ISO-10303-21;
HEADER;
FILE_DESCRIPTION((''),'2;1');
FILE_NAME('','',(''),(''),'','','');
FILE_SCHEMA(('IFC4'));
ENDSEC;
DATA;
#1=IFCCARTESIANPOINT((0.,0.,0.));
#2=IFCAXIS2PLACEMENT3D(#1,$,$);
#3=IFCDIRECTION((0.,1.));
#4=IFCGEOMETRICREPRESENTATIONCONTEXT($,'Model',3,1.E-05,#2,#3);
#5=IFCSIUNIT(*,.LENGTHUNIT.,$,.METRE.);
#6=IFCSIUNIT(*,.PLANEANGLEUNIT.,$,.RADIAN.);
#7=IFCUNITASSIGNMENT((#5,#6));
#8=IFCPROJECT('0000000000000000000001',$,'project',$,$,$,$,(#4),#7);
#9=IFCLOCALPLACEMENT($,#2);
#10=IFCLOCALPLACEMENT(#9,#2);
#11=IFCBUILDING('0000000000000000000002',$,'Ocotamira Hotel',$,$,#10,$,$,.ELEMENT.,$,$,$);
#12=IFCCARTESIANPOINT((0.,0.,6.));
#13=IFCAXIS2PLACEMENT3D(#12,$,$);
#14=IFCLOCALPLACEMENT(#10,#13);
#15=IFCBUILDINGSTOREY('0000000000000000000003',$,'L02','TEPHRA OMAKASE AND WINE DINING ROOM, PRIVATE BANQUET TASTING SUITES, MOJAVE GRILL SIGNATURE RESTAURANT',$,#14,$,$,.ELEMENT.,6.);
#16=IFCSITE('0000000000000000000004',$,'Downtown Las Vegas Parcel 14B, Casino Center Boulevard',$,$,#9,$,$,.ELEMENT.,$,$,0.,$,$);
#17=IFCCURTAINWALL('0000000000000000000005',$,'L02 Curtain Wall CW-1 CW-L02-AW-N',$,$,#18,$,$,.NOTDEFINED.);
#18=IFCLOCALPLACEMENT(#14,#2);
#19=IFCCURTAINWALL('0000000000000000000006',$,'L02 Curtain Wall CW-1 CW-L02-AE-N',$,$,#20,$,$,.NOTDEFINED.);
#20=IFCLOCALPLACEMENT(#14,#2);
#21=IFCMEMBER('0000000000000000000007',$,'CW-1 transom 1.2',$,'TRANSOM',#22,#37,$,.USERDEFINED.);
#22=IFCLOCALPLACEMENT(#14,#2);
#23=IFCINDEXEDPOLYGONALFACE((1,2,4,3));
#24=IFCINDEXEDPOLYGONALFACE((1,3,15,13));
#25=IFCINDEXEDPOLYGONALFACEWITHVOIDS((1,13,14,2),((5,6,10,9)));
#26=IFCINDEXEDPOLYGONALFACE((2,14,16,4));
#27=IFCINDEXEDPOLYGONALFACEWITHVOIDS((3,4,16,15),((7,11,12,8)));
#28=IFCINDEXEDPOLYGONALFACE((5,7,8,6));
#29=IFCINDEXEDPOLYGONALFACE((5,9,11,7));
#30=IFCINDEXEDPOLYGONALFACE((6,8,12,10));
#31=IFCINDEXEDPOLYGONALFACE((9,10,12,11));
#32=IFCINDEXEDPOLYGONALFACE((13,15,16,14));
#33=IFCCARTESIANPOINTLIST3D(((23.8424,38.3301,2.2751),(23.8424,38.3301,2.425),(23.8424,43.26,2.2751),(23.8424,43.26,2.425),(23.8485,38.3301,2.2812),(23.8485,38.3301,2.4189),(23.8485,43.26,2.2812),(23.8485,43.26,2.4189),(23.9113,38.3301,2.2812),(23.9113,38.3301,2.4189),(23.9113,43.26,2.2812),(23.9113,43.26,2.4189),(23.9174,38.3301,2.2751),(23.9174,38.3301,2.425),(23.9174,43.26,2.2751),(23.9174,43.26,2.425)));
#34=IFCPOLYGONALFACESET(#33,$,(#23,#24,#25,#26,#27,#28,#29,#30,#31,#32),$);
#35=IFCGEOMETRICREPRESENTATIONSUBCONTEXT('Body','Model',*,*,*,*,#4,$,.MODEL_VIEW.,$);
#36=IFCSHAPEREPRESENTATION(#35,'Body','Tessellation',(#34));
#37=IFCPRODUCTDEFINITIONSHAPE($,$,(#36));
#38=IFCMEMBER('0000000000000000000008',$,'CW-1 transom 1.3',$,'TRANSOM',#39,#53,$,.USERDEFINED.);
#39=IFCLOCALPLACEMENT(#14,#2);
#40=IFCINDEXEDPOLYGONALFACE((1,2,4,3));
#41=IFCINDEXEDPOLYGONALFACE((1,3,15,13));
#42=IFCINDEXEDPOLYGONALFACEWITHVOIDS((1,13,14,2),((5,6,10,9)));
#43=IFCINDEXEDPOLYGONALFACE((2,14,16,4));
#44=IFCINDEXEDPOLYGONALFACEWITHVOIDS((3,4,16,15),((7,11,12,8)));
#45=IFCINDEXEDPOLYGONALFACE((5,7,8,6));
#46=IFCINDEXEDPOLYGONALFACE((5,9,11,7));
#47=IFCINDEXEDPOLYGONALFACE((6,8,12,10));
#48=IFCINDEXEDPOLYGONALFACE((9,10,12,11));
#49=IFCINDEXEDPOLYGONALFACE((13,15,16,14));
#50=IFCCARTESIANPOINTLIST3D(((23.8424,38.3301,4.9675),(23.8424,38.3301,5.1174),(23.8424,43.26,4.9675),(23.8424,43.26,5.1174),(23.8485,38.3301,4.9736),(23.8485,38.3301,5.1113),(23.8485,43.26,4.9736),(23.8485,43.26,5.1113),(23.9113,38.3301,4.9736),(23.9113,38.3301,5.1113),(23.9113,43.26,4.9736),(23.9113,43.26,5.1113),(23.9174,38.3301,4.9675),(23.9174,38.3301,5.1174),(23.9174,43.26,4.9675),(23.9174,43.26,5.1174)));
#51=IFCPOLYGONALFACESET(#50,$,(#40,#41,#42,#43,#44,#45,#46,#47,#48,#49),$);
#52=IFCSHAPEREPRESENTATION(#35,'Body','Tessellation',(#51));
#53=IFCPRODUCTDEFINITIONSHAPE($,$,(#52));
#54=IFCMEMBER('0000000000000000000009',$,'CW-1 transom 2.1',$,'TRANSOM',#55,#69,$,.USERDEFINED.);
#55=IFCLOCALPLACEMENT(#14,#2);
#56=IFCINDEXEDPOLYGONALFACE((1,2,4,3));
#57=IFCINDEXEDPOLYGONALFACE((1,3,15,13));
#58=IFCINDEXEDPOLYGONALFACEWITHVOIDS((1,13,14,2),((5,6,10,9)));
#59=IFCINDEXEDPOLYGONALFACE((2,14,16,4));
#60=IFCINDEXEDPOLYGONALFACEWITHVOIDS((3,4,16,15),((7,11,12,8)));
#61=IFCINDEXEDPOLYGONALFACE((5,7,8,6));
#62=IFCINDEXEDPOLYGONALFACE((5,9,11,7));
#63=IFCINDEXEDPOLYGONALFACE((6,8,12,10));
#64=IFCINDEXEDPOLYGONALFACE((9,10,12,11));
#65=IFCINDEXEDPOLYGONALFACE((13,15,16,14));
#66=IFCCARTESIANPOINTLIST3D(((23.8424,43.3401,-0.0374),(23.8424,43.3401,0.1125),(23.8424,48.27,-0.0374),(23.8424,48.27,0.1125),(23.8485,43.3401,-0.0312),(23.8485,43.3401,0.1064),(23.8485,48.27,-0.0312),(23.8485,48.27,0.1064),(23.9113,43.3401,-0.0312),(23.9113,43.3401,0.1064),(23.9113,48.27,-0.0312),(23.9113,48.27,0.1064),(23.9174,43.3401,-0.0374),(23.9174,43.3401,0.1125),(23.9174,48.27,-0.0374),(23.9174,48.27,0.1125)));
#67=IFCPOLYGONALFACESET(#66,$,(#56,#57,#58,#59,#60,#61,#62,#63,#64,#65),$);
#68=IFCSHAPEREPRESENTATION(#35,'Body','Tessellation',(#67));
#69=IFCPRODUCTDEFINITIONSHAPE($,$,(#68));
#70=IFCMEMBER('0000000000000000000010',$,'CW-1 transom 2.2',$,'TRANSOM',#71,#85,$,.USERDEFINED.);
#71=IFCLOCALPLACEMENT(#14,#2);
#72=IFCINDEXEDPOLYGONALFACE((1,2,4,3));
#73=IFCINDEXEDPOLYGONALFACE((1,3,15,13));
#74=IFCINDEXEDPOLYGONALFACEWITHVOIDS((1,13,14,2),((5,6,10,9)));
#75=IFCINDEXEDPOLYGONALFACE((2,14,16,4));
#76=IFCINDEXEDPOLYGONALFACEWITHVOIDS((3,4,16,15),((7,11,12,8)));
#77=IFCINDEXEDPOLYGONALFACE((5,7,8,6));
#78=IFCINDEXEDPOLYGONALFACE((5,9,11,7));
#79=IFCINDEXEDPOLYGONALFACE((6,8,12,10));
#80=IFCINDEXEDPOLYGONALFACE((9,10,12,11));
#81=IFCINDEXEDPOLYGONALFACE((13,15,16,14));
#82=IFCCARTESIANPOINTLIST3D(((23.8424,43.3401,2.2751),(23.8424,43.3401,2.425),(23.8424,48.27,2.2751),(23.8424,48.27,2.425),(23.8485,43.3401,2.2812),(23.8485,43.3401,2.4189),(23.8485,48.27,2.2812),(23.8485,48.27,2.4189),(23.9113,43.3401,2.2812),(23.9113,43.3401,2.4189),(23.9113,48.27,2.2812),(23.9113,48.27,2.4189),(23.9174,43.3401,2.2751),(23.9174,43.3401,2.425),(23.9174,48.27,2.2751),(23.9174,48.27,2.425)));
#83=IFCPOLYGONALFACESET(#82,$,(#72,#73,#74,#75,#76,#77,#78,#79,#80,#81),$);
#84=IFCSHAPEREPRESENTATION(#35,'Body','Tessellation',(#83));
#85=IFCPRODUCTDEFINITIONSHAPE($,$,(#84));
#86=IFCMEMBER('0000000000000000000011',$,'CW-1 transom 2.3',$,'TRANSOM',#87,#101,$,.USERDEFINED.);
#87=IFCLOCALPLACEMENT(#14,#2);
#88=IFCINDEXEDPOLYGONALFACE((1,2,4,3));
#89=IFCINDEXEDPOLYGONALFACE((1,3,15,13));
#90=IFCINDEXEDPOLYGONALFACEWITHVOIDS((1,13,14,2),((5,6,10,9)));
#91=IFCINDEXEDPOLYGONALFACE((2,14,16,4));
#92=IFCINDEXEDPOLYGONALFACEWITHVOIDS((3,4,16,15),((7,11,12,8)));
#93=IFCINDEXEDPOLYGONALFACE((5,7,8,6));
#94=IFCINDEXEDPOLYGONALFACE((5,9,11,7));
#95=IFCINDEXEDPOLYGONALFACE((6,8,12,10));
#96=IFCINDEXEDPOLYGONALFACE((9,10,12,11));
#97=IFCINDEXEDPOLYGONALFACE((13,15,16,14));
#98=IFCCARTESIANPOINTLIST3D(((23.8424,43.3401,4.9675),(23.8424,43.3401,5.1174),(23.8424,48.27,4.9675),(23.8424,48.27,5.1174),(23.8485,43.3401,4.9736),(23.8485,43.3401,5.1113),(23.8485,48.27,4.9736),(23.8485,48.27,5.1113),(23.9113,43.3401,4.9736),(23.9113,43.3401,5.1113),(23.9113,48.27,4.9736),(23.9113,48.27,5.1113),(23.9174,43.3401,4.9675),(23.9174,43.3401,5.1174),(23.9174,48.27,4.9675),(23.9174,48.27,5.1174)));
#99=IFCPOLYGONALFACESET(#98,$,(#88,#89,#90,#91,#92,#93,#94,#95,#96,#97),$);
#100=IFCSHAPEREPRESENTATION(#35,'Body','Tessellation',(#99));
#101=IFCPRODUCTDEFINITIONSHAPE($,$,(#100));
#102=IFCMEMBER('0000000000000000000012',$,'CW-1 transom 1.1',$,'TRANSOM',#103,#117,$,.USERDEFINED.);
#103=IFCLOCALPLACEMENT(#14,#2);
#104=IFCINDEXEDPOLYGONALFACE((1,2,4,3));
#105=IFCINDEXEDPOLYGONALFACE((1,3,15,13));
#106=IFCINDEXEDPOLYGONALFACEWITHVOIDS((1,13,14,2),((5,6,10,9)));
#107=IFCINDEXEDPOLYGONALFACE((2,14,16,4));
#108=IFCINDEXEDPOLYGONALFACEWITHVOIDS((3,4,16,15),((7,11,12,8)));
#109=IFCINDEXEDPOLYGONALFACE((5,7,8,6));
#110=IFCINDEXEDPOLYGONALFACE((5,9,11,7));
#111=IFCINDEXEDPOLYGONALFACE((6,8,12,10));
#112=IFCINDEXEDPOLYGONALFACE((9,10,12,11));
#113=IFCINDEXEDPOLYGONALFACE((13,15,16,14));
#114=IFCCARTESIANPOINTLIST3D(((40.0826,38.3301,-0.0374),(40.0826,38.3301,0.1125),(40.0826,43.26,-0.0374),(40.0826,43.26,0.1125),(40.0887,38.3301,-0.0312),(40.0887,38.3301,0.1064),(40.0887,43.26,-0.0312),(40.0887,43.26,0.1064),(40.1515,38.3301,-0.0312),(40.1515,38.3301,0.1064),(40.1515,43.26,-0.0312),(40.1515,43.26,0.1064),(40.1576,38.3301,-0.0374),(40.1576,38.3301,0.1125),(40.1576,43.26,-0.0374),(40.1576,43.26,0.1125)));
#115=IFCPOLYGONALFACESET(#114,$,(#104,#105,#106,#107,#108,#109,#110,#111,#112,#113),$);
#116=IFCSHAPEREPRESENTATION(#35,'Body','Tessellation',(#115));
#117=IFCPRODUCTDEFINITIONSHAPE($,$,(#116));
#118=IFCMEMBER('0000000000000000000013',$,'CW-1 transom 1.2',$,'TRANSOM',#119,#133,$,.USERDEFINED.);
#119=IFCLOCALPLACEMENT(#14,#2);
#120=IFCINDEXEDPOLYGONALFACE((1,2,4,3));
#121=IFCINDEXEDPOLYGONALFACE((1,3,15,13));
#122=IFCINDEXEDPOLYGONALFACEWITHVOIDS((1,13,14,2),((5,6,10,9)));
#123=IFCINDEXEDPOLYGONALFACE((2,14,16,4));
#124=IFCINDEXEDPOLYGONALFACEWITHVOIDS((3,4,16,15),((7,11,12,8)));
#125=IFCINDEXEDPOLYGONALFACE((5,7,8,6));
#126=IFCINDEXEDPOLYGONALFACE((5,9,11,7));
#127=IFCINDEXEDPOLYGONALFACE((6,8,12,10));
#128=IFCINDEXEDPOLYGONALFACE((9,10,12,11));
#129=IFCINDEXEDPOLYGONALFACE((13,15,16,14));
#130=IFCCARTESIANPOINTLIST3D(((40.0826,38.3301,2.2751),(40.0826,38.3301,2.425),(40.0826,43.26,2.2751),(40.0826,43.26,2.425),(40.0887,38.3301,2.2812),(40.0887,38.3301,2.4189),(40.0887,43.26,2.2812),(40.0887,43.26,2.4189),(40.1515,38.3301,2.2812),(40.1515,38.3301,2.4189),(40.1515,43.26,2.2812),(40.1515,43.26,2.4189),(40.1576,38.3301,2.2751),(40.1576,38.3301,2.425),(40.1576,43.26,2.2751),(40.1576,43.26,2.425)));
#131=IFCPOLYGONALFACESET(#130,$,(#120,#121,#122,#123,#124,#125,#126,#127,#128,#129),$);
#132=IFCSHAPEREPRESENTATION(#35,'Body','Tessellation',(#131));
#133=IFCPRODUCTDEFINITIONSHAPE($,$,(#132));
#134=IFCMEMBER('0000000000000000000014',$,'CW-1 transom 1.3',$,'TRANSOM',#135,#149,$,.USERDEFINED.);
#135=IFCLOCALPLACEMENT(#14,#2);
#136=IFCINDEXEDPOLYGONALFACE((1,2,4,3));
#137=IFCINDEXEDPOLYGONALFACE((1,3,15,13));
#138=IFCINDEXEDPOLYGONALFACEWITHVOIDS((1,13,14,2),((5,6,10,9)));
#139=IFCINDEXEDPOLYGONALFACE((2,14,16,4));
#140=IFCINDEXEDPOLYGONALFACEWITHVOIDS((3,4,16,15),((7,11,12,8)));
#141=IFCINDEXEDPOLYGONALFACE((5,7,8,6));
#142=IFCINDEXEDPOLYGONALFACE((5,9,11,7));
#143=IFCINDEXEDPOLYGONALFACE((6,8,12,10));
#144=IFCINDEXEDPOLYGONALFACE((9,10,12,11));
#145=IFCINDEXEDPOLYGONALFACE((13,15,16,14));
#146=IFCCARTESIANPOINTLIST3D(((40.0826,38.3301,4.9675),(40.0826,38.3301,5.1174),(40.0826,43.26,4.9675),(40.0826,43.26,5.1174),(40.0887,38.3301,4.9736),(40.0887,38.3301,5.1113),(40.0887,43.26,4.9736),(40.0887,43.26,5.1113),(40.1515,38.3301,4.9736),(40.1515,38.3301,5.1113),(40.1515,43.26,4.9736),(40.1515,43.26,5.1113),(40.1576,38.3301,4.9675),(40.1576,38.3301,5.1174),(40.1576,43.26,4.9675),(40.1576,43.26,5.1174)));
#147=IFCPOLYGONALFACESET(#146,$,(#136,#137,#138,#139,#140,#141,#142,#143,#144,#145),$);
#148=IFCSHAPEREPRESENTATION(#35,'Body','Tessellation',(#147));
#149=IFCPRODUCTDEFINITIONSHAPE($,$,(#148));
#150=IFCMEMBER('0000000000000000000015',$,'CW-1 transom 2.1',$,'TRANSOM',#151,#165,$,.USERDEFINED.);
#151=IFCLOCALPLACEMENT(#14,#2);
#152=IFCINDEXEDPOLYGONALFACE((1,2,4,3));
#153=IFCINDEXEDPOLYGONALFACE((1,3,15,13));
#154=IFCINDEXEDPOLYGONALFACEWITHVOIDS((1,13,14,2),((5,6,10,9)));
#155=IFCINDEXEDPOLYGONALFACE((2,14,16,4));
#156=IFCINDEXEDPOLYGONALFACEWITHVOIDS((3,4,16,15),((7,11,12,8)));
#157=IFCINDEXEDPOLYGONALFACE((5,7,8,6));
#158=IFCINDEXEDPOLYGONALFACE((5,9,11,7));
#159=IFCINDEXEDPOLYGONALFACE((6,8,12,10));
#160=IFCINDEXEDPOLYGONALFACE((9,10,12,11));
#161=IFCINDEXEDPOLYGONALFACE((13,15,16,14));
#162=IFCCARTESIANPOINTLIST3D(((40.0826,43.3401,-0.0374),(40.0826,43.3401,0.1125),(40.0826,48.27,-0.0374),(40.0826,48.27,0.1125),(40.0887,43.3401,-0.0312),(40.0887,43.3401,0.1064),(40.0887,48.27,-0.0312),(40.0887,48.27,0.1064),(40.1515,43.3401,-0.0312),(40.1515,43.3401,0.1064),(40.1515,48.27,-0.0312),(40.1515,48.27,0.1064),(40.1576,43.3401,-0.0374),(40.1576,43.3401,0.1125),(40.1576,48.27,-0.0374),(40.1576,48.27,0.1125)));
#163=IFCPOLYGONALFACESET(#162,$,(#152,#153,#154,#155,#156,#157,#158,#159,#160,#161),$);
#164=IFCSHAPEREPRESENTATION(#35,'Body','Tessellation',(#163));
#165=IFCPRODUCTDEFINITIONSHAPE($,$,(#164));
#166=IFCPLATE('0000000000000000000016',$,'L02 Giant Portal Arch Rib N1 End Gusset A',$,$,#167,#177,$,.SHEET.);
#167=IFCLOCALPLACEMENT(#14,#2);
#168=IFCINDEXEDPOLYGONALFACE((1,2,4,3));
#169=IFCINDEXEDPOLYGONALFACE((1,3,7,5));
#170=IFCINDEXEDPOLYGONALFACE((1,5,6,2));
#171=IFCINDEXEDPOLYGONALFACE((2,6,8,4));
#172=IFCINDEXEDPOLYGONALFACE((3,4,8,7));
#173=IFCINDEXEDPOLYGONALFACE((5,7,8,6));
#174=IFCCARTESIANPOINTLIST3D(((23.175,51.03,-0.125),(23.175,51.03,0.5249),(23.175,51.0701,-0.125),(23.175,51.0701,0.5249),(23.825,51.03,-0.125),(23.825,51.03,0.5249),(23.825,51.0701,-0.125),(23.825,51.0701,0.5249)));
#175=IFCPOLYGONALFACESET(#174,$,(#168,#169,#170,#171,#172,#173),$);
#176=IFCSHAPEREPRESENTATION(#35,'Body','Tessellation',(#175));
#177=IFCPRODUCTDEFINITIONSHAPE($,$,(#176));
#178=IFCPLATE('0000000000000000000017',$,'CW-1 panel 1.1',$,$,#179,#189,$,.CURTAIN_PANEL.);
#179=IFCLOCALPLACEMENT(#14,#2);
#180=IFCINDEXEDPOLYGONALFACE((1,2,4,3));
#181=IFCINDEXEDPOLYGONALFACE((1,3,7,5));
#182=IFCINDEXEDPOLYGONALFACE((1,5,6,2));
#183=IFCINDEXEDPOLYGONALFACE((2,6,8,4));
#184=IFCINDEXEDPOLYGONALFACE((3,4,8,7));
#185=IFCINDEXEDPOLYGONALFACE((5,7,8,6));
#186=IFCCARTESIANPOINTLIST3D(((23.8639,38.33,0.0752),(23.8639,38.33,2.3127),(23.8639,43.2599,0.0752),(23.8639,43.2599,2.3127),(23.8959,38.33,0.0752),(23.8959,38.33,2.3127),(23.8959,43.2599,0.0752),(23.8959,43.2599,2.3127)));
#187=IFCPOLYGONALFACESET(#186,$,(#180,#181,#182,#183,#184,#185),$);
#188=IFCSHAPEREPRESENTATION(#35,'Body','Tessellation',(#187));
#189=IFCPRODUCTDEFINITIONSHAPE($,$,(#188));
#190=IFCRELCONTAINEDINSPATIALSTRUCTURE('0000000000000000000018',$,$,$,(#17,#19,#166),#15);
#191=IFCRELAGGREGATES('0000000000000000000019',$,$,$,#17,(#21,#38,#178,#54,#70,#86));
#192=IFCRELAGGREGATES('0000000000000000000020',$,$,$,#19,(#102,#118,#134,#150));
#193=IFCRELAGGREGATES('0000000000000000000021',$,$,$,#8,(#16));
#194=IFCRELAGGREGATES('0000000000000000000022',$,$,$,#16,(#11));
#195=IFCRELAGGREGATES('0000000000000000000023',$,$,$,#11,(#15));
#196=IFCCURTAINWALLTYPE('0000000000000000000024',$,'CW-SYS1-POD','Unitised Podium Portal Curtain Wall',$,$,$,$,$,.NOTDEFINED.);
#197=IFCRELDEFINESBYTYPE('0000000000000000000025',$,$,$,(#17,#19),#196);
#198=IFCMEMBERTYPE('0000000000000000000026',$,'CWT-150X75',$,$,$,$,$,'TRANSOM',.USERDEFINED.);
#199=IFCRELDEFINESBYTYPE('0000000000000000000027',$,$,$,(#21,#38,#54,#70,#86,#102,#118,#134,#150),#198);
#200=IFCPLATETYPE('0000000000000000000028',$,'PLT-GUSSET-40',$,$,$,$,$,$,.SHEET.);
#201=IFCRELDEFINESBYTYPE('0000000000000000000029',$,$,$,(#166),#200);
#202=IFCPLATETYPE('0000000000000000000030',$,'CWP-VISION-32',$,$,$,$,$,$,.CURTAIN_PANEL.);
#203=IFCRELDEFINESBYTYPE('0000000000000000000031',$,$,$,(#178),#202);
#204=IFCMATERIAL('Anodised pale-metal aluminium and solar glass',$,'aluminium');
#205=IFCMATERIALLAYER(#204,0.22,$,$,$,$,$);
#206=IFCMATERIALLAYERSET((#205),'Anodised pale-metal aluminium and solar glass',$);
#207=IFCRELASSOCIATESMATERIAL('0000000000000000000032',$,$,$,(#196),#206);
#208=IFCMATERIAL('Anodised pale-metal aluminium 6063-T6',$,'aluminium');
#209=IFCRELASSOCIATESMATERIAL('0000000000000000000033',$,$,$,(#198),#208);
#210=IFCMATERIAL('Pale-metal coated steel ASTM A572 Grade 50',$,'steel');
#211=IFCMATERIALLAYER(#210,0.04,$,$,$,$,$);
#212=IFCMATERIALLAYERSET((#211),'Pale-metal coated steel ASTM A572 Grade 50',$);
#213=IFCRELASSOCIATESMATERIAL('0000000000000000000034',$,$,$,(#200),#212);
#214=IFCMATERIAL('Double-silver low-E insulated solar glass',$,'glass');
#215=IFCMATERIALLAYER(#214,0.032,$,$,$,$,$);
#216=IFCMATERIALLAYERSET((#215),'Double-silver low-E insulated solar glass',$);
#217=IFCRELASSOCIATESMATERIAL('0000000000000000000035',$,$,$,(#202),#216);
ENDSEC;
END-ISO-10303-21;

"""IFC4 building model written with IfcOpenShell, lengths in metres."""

from ifc_helpers import new_model, si_unit, direction, frame, origin, origin_2d, place, context, subcontext, project, spatial, rectangle, hollow_rectangle, extrude, source, transform, mapped, material, layer, layer_set, material_profile, profile_set, type_object, element, aggregate, save


model = new_model("IFC4")

# Units and contexts
model_context = context("Model", 3, precision=1e-05, world=origin(), true_north=direction((0.0, 1.0)))
body_context = subcontext(model_context, "Body", "Model", "MODEL_VIEW")
ifc_project = project(units=[si_unit("LENGTHUNIT", "METRE"), si_unit("PLANEANGLEUNIT", "RADIAN")], contexts=[model_context])

# Site, building, storey
site_placement = place(None, origin())
site = spatial("IfcSite", under=ifc_project, at=site_placement, Name="Downtown Las Vegas Parcel 14B, Casino Center Boulevard", CompositionType="ELEMENT", RefElevation=0.0)
building_placement = place(site_placement, origin())
building = spatial("IfcBuilding", under=site, at=building_placement, Name="Ocotamira Hotel", CompositionType="ELEMENT")
storey_placement = place(building_placement, frame((0.0, 0.0, 6.0)))
storey = spatial("IfcBuildingStorey", under=building, at=storey_placement, Name="L02", Description="TEPHRA OMAKASE AND WINE DINING ROOM, PRIVATE BANQUET TASTING SUITES, MOJAVE GRILL SIGNATURE RESTAURANT", CompositionType="ELEMENT", Elevation=6.0)

# Shared definitions
ifc_material_1 = material(Name="Anodised pale-metal aluminium and solar glass", Category="aluminium")
ifc_layer_1 = layer(ifc_material_1, 0.22)
ifc_layer_set_1 = layer_set([ifc_layer_1], Name="Anodised pale-metal aluminium and solar glass")
curtain_wall_type = type_object("IfcCurtainWallType", Name="CW-SYS1-POD", Description="Unitised Podium Portal Curtain Wall", PredefinedType="NOTDEFINED", material=ifc_layer_set_1)
ifc_material_2 = material(Name="Anodised pale-metal aluminium 6063-T6", Category="aluminium")

# Curtain walls
curtain_wall_1_placement = place(storey_placement, origin())
curtain_wall_1 = element("IfcCurtainWall", 1, at=curtain_wall_1_placement, inside=storey, type_object=curtain_wall_type, Name="L02 Curtain Wall CW-1 CW-L02-AW-N", PredefinedType="NOTDEFINED")
curtain_wall_2_placement = place(storey_placement, origin())
curtain_wall_2 = element("IfcCurtainWall", 2, at=curtain_wall_2_placement, inside=storey, type_object=curtain_wall_type, Name="L02 Curtain Wall CW-1 CW-L02-AE-N", PredefinedType="NOTDEFINED")

# Members
ifc_material_profile_1 = material_profile(ifc_material_2, hollow_rectangle(XDim=0.075, YDim=0.1499, WallThickness=0.0061, at=origin_2d()), Name="HSS150X75X6")
ifc_profile_set_1 = profile_set([ifc_material_profile_1], Name="Anodised pale-metal aluminium 6063-T6")
member_type_1 = type_object("IfcMemberType", Name="CWT-150X75", ElementType="TRANSOM", PredefinedType="USERDEFINED", material=ifc_profile_set_1)
shared_shape_1 = source(origin(), body_context, "Body", "SweptSolid", [
    extrude(hollow_rectangle(XDim=0.075, YDim=0.1499, WallThickness=0.0061, at=origin_2d()), origin(), (0.0, 0.0, 1.0), 4.9299),
])
member_1_placement = place(storey_placement, frame((23.8799, 38.3301, 2.3501), z_axis=(0.0, 1.0, 0.0), x_axis=(-1.0, 0.0, 0.0)))
member_1 = element("IfcMember", 3, at=member_1_placement, type_object=member_type_1, Name="CW-1 transom 1.2", ObjectType="TRANSOM", PredefinedType="USERDEFINED", context=body_context, shape_type="MappedRepresentation", body=[
    mapped(shared_shape_1, transform((0.0, 0.0, 0.0), scale=1.0)),
])
member_2_placement = place(storey_placement, frame((23.8799, 38.3301, 5.0425), z_axis=(0.0, 1.0, 0.0), x_axis=(-1.0, 0.0, 0.0)))
member_2 = element("IfcMember", 4, at=member_2_placement, type_object=member_type_1, Name="CW-1 transom 1.3", ObjectType="TRANSOM", PredefinedType="USERDEFINED", context=body_context, shape_type="MappedRepresentation", body=[
    mapped(shared_shape_1, transform((0.0, 0.0, 0.0), scale=1.0)),
])
member_3_placement = place(storey_placement, frame((23.8799, 43.3401, 0.0376), z_axis=(0.0, 1.0, 0.0), x_axis=(-1.0, 0.0, 0.0)))
member_3 = element("IfcMember", 5, at=member_3_placement, type_object=member_type_1, Name="CW-1 transom 2.1", ObjectType="TRANSOM", PredefinedType="USERDEFINED", context=body_context, shape_type="MappedRepresentation", body=[
    mapped(shared_shape_1, transform((0.0, 0.0, 0.0), scale=1.0)),
])
member_4_placement = place(storey_placement, frame((23.8799, 43.3401, 2.3501), z_axis=(0.0, 1.0, 0.0), x_axis=(-1.0, 0.0, 0.0)))
member_4 = element("IfcMember", 6, at=member_4_placement, type_object=member_type_1, Name="CW-1 transom 2.2", ObjectType="TRANSOM", PredefinedType="USERDEFINED", context=body_context, shape_type="MappedRepresentation", body=[
    mapped(shared_shape_1, transform((0.0, 0.0, 0.0), scale=1.0)),
])
member_5_placement = place(storey_placement, frame((23.8799, 43.3401, 5.0425), z_axis=(0.0, 1.0, 0.0), x_axis=(-1.0, 0.0, 0.0)))
member_5 = element("IfcMember", 7, at=member_5_placement, type_object=member_type_1, Name="CW-1 transom 2.3", ObjectType="TRANSOM", PredefinedType="USERDEFINED", context=body_context, shape_type="MappedRepresentation", body=[
    mapped(shared_shape_1, transform((0.0, 0.0, 0.0), scale=1.0)),
])
member_6_placement = place(storey_placement, frame((40.1201, 38.3301, 0.0376), z_axis=(0.0, 1.0, 0.0), x_axis=(-1.0, 0.0, 0.0)))
member_6 = element("IfcMember", 8, at=member_6_placement, type_object=member_type_1, Name="CW-1 transom 1.1", ObjectType="TRANSOM", PredefinedType="USERDEFINED", context=body_context, shape_type="MappedRepresentation", body=[
    mapped(shared_shape_1, transform((0.0, 0.0, 0.0), scale=1.0)),
])
member_7_placement = place(storey_placement, frame((40.1201, 38.3301, 2.3501), z_axis=(0.0, 1.0, 0.0), x_axis=(-1.0, 0.0, 0.0)))
member_7 = element("IfcMember", 9, at=member_7_placement, type_object=member_type_1, Name="CW-1 transom 1.2", ObjectType="TRANSOM", PredefinedType="USERDEFINED", context=body_context, shape_type="MappedRepresentation", body=[
    mapped(shared_shape_1, transform((0.0, 0.0, 0.0), scale=1.0)),
])
member_8_placement = place(storey_placement, frame((40.1201, 38.3301, 5.0425), z_axis=(0.0, 1.0, 0.0), x_axis=(-1.0, 0.0, 0.0)))
member_8 = element("IfcMember", 10, at=member_8_placement, type_object=member_type_1, Name="CW-1 transom 1.3", ObjectType="TRANSOM", PredefinedType="USERDEFINED", context=body_context, shape_type="MappedRepresentation", body=[
    mapped(shared_shape_1, transform((0.0, 0.0, 0.0), scale=1.0)),
])
member_9_placement = place(storey_placement, frame((40.1201, 43.3401, 0.0376), z_axis=(0.0, 1.0, 0.0), x_axis=(-1.0, 0.0, 0.0)))
member_9 = element("IfcMember", 11, at=member_9_placement, type_object=member_type_1, Name="CW-1 transom 2.1", ObjectType="TRANSOM", PredefinedType="USERDEFINED", context=body_context, shape_type="MappedRepresentation", body=[
    mapped(shared_shape_1, transform((0.0, 0.0, 0.0), scale=1.0)),
])

# Plates
ifc_material_3 = material(Name="Pale-metal coated steel ASTM A572 Grade 50", Category="steel")
ifc_layer_2 = layer(ifc_material_3, 0.04)
ifc_layer_set_2 = layer_set([ifc_layer_2], Name="Pale-metal coated steel ASTM A572 Grade 50")
plate_type_1 = type_object("IfcPlateType", Name="PLT-GUSSET-40", PredefinedType="SHEET", material=ifc_layer_set_2)
shared_shape_2 = source(origin(), body_context, "Body", "SweptSolid", [
    extrude(rectangle(XDim=0.6499, YDim=0.04, at=origin_2d()), origin(), (0.0, 0.0, 1.0), 0.6499),
])
plate_1_placement = place(storey_placement, frame((23.5, 51.05, -0.125), z_axis=(0.0, 0.0, 1.0), x_axis=(1.0, 0.0, 0.0)))
element("IfcPlate", 12, at=plate_1_placement, inside=storey, type_object=plate_type_1, Name="L02 Giant Portal Arch Rib N1 End Gusset A", PredefinedType="SHEET", context=body_context, shape_type="MappedRepresentation", body=[
    mapped(shared_shape_2, transform((0.0, 0.0, 0.0), scale=1.0)),
])
ifc_material_4 = material(Name="Double-silver low-E insulated solar glass", Category="glass")
ifc_layer_3 = layer(ifc_material_4, 0.032)
ifc_layer_set_3 = layer_set([ifc_layer_3], Name="Double-silver low-E insulated solar glass")
plate_type_2 = type_object("IfcPlateType", Name="CWP-VISION-32", PredefinedType="CURTAIN_PANEL", material=ifc_layer_set_3)
shared_shape_3 = source(origin(), body_context, "Body", "SweptSolid", [
    extrude(rectangle(XDim=4.9299, YDim=0.032, at=origin_2d()), origin(), (0.0, 0.0, 1.0), 2.2375),
])
plate_2_placement = place(storey_placement, frame((23.8799, 40.7949, 0.0752), z_axis=(0.0, 0.0, 1.0), x_axis=(0.0, 1.0, 0.0)))
plate_2 = element("IfcPlate", 13, at=plate_2_placement, type_object=plate_type_2, Name="CW-1 panel 1.1", PredefinedType="CURTAIN_PANEL", context=body_context, shape_type="MappedRepresentation", body=[
    mapped(shared_shape_3, transform((0.0, 0.0, 0.0), scale=1.0)),
])
aggregate(curtain_wall_1, [member_1, member_2, plate_2, member_3, member_4, member_5])
aggregate(curtain_wall_2, [member_6, member_7, member_8, member_9])

save(model, "model.ifc")
